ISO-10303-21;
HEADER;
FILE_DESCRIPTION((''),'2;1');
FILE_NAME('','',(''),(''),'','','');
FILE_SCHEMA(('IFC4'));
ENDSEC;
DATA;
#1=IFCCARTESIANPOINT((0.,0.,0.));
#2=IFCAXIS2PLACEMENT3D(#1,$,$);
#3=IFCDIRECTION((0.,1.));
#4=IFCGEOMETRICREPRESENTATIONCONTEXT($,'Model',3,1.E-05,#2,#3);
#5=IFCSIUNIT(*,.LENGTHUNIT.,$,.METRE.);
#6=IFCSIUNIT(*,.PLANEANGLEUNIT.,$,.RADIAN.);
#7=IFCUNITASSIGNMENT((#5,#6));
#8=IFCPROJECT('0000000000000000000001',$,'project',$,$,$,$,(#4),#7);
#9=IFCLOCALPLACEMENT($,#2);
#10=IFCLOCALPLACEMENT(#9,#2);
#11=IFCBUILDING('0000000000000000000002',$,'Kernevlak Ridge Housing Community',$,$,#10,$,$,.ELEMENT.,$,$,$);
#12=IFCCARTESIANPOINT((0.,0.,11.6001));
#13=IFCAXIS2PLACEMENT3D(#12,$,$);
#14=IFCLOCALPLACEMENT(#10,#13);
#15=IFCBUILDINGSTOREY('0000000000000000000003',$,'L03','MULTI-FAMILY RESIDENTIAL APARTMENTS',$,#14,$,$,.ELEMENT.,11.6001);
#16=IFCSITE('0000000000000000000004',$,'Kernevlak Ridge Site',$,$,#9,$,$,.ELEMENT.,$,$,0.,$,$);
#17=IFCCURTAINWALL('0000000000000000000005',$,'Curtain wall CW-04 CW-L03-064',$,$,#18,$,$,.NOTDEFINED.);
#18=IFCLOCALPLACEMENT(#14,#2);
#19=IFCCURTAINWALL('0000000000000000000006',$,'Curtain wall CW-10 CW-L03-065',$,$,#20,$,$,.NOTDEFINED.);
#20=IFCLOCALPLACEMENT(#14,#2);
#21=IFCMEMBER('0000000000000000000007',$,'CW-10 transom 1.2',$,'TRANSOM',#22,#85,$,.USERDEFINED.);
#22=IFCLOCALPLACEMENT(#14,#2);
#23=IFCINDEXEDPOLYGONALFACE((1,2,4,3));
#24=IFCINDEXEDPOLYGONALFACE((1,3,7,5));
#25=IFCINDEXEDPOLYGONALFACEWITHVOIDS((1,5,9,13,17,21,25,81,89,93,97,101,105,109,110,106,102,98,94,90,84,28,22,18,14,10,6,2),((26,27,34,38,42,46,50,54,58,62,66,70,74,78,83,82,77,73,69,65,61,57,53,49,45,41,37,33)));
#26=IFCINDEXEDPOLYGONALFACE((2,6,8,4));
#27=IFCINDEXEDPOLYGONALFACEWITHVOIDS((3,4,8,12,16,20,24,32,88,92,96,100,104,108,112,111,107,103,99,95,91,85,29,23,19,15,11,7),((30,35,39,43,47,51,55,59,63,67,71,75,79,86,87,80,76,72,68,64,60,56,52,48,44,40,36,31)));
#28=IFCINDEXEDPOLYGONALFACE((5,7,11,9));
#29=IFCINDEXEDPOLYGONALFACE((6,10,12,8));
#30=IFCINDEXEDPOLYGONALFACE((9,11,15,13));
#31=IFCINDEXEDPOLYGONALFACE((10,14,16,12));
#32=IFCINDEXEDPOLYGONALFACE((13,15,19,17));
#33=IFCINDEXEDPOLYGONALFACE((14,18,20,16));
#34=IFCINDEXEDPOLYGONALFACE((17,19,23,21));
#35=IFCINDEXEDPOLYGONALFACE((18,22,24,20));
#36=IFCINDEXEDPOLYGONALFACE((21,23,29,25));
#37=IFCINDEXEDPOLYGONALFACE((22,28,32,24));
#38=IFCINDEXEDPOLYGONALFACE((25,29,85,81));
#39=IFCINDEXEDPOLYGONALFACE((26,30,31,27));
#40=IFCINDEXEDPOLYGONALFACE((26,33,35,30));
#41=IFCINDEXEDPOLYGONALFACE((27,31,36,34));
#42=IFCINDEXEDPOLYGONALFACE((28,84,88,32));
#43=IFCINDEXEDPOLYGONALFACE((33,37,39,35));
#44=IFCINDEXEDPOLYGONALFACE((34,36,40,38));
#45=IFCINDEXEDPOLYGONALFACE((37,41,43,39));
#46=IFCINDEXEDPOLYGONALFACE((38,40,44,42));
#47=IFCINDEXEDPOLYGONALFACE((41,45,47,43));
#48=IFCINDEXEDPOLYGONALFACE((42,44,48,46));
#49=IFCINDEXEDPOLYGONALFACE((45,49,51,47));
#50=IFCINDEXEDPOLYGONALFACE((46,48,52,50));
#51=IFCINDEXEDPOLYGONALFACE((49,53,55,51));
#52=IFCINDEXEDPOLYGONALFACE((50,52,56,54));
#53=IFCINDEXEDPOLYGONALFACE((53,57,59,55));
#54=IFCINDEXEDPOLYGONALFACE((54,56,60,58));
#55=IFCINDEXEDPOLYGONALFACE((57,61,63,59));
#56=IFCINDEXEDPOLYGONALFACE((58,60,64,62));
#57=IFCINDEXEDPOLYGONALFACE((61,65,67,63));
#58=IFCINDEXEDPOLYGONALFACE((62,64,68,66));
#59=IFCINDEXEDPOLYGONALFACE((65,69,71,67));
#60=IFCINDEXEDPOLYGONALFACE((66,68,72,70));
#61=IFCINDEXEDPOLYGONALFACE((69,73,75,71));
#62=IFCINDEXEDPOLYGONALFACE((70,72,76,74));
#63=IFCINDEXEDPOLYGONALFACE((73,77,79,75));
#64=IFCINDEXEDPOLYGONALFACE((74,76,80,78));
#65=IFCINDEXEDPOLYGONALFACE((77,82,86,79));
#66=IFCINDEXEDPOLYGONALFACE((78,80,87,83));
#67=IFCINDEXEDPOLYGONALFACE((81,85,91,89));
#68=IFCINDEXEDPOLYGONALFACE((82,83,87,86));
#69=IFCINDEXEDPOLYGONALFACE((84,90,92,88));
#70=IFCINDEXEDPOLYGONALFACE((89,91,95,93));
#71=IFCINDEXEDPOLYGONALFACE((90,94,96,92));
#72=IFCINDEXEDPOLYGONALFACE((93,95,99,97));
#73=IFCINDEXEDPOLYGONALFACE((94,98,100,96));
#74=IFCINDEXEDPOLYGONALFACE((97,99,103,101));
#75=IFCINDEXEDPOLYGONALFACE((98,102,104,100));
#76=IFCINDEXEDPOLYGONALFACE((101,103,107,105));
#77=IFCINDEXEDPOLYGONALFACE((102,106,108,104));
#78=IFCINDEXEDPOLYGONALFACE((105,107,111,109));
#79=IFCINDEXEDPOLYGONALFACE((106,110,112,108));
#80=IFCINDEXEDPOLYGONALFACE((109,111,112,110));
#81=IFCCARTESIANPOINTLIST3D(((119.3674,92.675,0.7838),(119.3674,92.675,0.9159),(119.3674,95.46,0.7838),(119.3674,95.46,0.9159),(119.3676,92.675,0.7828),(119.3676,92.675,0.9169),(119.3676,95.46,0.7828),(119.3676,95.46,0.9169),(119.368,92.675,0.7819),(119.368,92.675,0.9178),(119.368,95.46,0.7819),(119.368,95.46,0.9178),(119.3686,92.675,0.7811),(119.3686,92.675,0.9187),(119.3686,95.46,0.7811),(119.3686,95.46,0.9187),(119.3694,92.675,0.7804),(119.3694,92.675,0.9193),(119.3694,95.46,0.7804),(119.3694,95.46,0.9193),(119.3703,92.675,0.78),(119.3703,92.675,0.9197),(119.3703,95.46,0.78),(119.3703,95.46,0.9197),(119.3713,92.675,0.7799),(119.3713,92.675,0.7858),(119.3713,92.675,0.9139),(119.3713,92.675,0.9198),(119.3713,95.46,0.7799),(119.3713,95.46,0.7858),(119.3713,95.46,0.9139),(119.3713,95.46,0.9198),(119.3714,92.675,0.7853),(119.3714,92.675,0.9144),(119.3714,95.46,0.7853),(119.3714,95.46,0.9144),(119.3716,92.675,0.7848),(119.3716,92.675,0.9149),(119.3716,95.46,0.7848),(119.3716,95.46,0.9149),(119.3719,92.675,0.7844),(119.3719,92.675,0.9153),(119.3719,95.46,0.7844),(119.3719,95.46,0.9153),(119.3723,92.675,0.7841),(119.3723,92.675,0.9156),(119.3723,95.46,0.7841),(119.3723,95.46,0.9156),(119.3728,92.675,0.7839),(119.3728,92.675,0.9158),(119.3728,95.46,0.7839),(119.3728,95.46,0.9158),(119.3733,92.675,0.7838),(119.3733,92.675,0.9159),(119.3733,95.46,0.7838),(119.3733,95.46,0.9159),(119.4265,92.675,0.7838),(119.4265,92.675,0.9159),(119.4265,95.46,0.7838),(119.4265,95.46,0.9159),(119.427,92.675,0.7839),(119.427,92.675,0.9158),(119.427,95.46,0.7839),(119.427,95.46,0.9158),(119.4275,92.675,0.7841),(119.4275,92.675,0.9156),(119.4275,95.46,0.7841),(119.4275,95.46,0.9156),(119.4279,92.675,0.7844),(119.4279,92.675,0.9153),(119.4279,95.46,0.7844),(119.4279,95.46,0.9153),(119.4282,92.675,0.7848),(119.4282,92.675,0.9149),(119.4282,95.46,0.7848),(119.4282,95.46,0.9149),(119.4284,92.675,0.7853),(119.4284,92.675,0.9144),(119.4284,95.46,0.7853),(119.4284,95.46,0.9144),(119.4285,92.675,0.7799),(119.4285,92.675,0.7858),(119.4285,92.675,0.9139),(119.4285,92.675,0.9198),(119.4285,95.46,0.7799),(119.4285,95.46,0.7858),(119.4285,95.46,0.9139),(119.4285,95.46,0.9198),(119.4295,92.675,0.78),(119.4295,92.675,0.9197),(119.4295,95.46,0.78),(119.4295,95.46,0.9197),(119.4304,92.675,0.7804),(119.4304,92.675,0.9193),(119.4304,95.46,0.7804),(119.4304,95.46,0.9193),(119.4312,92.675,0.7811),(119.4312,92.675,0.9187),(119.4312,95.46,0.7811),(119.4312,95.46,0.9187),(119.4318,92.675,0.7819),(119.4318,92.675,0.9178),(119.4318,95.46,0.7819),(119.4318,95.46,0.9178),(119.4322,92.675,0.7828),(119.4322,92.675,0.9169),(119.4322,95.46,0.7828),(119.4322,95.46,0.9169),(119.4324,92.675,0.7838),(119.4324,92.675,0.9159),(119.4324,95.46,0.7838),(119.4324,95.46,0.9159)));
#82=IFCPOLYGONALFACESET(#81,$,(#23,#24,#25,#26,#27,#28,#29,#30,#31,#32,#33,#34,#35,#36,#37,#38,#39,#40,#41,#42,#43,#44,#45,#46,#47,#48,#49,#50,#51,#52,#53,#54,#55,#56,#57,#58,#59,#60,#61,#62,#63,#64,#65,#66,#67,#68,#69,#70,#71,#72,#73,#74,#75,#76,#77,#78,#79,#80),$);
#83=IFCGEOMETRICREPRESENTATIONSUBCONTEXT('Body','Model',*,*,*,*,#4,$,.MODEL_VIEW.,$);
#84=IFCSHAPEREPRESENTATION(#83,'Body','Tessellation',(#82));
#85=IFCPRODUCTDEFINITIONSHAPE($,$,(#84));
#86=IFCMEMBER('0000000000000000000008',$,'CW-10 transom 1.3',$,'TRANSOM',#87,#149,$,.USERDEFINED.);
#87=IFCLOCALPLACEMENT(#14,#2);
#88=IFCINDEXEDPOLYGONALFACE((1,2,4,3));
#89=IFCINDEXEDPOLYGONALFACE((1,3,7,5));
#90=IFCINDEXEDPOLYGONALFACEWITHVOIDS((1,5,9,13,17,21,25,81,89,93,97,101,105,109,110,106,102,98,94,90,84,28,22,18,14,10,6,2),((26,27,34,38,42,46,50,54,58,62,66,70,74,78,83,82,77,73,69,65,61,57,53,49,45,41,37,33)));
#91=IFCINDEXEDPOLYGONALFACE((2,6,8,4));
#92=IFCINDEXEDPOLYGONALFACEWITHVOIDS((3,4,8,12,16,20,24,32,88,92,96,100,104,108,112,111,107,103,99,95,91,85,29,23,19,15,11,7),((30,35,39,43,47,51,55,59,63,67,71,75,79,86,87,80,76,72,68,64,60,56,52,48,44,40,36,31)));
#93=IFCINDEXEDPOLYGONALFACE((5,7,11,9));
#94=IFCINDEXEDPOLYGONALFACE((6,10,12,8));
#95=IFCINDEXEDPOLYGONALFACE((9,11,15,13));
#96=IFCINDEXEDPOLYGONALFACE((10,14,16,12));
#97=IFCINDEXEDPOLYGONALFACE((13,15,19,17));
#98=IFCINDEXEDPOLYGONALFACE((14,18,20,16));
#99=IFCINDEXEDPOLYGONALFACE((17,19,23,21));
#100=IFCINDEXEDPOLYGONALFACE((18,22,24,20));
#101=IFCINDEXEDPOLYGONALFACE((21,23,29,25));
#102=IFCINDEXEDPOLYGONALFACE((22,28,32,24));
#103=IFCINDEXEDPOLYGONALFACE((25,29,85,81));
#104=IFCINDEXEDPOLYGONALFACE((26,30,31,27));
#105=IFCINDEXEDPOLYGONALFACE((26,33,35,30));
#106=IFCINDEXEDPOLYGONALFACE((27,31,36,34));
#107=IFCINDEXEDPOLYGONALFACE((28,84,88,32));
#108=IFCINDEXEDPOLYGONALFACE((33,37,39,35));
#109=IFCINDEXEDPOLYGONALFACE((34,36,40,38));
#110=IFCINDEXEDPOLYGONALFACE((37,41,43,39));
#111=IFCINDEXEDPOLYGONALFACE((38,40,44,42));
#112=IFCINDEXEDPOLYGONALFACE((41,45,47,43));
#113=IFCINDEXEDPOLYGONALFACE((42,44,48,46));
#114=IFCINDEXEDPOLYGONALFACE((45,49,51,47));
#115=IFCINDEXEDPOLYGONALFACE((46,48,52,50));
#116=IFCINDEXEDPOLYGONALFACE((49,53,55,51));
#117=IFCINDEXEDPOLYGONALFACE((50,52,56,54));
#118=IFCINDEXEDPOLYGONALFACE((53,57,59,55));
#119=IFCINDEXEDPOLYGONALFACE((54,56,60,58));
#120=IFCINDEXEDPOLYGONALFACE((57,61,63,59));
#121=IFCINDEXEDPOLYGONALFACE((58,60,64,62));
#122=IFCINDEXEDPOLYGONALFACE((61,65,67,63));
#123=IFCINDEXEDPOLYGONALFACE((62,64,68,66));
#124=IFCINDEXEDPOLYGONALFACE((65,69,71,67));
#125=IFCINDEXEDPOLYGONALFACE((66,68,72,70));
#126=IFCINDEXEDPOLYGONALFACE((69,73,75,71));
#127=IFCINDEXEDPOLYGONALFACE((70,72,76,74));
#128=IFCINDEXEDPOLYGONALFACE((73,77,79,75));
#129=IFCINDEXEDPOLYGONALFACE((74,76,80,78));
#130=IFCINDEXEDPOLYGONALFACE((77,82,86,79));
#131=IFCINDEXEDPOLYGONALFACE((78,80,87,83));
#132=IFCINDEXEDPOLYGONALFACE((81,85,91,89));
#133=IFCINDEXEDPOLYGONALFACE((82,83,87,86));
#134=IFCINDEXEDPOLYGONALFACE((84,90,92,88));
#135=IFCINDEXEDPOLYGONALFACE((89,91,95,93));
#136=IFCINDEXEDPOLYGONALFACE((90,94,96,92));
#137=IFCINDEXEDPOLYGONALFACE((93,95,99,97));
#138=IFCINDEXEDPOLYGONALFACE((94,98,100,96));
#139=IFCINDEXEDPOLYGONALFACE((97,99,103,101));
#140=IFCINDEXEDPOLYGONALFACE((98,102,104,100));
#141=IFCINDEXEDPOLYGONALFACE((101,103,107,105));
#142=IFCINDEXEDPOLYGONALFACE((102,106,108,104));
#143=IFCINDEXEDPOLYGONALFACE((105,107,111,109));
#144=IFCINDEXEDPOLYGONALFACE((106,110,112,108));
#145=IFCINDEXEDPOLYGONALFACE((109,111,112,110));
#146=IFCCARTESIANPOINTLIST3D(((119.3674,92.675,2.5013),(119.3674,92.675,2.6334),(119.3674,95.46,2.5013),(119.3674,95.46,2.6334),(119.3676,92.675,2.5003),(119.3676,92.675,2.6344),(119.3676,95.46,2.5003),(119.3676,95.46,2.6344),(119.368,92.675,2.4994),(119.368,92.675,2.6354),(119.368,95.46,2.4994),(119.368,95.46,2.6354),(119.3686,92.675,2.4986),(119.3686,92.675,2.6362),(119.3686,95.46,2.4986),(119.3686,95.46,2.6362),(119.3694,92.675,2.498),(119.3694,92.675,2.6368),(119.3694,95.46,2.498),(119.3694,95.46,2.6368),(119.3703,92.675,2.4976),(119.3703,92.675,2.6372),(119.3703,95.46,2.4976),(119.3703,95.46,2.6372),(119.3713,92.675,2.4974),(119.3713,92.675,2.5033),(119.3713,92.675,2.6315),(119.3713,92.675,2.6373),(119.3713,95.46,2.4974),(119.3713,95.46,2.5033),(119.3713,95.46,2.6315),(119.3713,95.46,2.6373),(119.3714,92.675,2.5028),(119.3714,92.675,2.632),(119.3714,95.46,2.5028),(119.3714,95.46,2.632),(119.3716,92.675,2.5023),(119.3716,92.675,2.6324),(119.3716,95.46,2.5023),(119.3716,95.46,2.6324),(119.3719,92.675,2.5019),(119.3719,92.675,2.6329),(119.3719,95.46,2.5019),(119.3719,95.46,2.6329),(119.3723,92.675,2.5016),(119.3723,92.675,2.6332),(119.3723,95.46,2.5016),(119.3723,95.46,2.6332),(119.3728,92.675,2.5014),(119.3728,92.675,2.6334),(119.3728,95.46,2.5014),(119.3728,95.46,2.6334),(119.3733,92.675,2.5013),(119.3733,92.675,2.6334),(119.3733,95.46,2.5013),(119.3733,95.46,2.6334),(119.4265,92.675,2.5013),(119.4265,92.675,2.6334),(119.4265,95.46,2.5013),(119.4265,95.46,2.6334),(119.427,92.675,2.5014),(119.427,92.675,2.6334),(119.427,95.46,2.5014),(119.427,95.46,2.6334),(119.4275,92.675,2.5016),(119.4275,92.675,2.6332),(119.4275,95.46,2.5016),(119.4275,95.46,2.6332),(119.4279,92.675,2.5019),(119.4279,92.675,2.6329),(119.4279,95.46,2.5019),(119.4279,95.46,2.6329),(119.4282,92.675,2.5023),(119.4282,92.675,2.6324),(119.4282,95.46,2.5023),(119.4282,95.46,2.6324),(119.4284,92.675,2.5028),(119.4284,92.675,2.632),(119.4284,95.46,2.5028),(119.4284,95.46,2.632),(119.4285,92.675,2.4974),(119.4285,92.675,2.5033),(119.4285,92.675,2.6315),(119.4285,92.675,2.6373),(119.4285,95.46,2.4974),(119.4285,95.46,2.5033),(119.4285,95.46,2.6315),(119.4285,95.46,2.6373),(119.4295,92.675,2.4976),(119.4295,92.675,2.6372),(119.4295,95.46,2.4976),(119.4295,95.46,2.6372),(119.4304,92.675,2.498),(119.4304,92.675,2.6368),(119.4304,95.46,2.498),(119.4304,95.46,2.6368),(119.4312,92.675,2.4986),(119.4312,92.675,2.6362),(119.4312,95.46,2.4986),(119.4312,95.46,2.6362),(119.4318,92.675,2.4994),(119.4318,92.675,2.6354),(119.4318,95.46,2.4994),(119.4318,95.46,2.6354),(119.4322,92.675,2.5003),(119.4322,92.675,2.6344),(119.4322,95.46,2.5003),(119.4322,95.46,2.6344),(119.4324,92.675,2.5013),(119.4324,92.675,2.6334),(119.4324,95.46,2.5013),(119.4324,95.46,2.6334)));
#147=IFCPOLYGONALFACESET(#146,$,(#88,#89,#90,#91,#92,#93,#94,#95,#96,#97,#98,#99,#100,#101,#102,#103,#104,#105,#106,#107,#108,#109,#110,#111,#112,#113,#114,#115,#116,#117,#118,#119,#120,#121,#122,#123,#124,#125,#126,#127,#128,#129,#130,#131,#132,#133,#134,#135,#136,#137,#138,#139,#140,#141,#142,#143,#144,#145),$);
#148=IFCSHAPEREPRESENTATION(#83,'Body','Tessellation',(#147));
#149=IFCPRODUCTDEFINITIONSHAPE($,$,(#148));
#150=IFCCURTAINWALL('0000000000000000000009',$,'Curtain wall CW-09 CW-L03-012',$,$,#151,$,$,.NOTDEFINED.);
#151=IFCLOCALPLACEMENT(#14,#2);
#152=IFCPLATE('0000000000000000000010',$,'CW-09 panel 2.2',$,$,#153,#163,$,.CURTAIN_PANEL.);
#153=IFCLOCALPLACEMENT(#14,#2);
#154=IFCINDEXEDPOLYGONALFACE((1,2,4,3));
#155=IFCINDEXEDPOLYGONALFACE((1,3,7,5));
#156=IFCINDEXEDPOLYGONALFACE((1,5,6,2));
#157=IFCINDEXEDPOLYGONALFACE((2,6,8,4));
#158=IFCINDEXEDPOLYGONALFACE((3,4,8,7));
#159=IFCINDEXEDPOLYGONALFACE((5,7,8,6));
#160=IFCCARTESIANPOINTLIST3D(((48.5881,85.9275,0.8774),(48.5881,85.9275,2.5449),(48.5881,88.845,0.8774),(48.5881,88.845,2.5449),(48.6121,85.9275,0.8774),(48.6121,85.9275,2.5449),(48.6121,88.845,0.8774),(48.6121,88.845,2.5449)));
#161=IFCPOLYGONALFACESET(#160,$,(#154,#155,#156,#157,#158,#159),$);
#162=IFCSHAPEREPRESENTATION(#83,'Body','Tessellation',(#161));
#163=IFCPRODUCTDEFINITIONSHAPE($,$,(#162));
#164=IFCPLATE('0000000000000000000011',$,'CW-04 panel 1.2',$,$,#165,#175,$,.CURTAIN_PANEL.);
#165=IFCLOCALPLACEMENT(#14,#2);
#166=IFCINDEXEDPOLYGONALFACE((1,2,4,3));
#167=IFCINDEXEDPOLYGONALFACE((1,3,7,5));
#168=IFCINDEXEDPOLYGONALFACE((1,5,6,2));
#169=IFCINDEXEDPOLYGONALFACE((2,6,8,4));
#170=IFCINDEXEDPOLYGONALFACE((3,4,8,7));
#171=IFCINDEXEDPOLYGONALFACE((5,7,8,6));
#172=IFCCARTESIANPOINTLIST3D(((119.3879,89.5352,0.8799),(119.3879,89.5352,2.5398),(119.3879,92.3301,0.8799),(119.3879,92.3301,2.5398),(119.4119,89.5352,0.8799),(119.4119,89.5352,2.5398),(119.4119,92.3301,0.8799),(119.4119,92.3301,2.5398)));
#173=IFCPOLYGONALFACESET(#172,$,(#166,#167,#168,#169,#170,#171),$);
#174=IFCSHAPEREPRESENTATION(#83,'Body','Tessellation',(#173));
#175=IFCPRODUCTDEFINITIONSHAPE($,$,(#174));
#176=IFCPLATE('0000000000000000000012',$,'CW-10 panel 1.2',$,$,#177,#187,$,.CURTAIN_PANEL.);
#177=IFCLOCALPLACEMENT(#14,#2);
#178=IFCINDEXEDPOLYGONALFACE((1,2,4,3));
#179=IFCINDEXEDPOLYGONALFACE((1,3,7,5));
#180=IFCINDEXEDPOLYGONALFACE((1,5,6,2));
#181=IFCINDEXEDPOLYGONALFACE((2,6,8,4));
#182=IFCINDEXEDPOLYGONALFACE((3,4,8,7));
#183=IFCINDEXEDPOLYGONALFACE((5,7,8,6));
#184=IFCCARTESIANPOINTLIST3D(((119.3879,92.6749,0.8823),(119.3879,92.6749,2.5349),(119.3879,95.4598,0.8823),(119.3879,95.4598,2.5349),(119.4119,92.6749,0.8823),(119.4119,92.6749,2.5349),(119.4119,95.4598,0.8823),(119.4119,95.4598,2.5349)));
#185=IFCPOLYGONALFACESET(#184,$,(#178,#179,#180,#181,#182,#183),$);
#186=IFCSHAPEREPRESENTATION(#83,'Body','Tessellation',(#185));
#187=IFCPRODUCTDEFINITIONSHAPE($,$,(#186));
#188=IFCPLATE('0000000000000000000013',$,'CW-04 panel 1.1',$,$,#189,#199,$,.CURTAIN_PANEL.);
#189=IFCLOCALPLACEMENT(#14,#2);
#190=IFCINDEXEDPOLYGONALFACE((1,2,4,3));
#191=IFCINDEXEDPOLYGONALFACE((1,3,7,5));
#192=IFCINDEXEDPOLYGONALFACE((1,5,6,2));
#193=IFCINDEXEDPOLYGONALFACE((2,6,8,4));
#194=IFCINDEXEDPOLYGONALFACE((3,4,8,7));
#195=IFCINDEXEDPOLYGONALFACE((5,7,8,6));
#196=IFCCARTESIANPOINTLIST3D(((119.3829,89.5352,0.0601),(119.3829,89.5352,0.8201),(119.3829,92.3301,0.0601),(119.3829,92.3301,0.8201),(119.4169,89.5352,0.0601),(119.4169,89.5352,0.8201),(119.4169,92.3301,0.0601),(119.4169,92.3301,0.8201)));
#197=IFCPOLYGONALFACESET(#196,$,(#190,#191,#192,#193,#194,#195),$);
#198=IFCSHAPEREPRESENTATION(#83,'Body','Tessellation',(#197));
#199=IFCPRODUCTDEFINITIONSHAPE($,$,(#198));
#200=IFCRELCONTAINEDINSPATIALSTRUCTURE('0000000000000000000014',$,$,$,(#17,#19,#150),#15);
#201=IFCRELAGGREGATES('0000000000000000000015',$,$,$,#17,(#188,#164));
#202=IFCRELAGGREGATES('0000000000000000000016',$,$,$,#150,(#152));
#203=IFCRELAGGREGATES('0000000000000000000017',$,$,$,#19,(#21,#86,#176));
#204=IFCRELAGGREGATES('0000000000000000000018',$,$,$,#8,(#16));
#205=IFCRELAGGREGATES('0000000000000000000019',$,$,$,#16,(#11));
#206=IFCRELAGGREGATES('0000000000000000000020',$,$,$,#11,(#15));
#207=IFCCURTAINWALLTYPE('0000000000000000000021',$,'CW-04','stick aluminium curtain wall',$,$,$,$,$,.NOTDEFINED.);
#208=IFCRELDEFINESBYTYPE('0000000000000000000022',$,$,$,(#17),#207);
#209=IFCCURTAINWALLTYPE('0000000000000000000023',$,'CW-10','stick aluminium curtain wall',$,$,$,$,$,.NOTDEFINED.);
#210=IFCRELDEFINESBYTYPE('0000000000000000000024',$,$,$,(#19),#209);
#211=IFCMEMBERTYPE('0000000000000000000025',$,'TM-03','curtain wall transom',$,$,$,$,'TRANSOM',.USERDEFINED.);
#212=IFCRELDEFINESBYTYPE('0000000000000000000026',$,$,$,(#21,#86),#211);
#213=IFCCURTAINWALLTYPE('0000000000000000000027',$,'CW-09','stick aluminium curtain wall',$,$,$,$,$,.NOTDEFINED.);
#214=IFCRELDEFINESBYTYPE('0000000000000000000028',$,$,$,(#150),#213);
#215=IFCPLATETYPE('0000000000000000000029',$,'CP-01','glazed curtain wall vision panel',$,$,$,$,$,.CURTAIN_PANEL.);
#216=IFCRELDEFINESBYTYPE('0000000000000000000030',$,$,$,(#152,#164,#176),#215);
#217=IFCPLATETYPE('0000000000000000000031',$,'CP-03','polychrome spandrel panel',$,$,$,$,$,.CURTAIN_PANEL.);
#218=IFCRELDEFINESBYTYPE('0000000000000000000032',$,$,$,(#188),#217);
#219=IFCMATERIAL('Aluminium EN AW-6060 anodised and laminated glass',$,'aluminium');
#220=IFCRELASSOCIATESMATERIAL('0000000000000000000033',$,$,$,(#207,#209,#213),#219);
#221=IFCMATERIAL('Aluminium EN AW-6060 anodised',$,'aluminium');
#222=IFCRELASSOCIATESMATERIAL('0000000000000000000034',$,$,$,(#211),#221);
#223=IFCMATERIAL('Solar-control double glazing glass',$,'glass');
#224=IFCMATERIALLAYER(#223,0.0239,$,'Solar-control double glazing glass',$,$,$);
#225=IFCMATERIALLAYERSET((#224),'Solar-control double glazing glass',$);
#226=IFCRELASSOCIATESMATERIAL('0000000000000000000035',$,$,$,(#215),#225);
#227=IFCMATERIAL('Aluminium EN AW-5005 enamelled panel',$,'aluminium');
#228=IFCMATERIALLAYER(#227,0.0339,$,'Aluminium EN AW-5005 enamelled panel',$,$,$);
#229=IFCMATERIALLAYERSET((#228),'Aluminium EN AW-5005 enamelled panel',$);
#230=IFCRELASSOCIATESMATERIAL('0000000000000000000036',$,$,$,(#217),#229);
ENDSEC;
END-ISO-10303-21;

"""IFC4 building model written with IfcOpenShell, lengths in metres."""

from ifc_helpers import new_model, si_unit, direction, frame, origin, origin_2d, place, context, subcontext, project, spatial, rectangle, hollow_rectangle, extrude, material, layer, layer_set, material_profile, profile_set, type_object, element, aggregate, save


model = new_model("IFC4")

# Units and contexts
model_context = context("Model", 3, precision=1e-05, world=origin(), true_north=direction((0.0, 1.0)))
body_context = subcontext(model_context, "Body", "Model", "MODEL_VIEW")
ifc_project = project(units=[si_unit("LENGTHUNIT", "METRE"), si_unit("PLANEANGLEUNIT", "RADIAN")], contexts=[model_context])

# Site, building, storey
site_placement = place(None, origin())
site = spatial("IfcSite", under=ifc_project, at=site_placement, Name="Kernevlak Ridge Site", CompositionType="ELEMENT", RefElevation=0.0)
building_placement = place(site_placement, origin())
building = spatial("IfcBuilding", under=site, at=building_placement, Name="Kernevlak Ridge Housing Community", CompositionType="ELEMENT")
storey_placement = place(building_placement, frame((0.0, 0.0, 11.6001)))
storey = spatial("IfcBuildingStorey", under=building, at=storey_placement, Name="L03", Description="MULTI-FAMILY RESIDENTIAL APARTMENTS", CompositionType="ELEMENT", Elevation=11.6001)

# Curtain walls
ifc_material_1 = material(Name="Aluminium EN AW-6060 anodised and laminated glass", Category="aluminium")
curtain_wall_type_1 = type_object("IfcCurtainWallType", Name="CW-04", Description="stick aluminium curtain wall", PredefinedType="NOTDEFINED", material=ifc_material_1)
curtain_wall_1_placement = place(storey_placement, origin())
curtain_wall_1 = element("IfcCurtainWall", 1, at=curtain_wall_1_placement, inside=storey, type_object=curtain_wall_type_1, Name="Curtain wall CW-04 CW-L03-064", PredefinedType="NOTDEFINED")
ifc_material_2 = material(Name="Aluminium EN AW-6060 anodised", Category="aluminium")
curtain_wall_type_2 = type_object("IfcCurtainWallType", Name="CW-10", Description="stick aluminium curtain wall", PredefinedType="NOTDEFINED", material=ifc_material_1)
curtain_wall_2_placement = place(storey_placement, origin())
curtain_wall_2 = element("IfcCurtainWall", 2, at=curtain_wall_2_placement, inside=storey, type_object=curtain_wall_type_2, Name="Curtain wall CW-10 CW-L03-065", PredefinedType="NOTDEFINED")

# Members
ifc_material_profile_1 = material_profile(ifc_material_2, hollow_rectangle(XDim=0.0649, YDim=0.1399, WallThickness=0.0039, InnerFilletRadius=0.002, OuterFilletRadius=0.0039, at=origin_2d()), Name="ALU 65x140x4")
ifc_profile_set_1 = profile_set([ifc_material_profile_1], Name="Aluminium EN AW-6060 anodised")
member_type_1 = type_object("IfcMemberType", Name="TM-03", Description="curtain wall transom", ElementType="TRANSOM", PredefinedType="USERDEFINED", material=ifc_profile_set_1)
member_1_placement = place(storey_placement, frame((119.3999, 92.675, 0.8499), z_axis=(0.0, 1.0, 0.0), x_axis=(-1.0, 0.0, 0.0)))
member_1 = element("IfcMember", 3, at=member_1_placement, type_object=member_type_1, Name="CW-10 transom 1.2", ObjectType="TRANSOM", PredefinedType="USERDEFINED", context=body_context, shape_type="SweptSolid", body=[
    extrude(hollow_rectangle(XDim=0.0649, YDim=0.1399, WallThickness=0.0039, InnerFilletRadius=0.002, OuterFilletRadius=0.0039, at=origin_2d()), origin(), (0.0, 0.0, 1.0), 2.7849),
])
member_2_placement = place(storey_placement, frame((119.3999, 92.675, 2.5674), z_axis=(0.0, 1.0, 0.0), x_axis=(-1.0, 0.0, 0.0)))
member_2 = element("IfcMember", 4, at=member_2_placement, type_object=member_type_1, Name="CW-10 transom 1.3", ObjectType="TRANSOM", PredefinedType="USERDEFINED", context=body_context, shape_type="SweptSolid", body=[
    extrude(hollow_rectangle(XDim=0.0649, YDim=0.1399, WallThickness=0.0039, InnerFilletRadius=0.002, OuterFilletRadius=0.0039, at=origin_2d()), origin(), (0.0, 0.0, 1.0), 2.7849),
])

# Curtain wall, plate
curtain_wall_type_3 = type_object("IfcCurtainWallType", Name="CW-09", Description="stick aluminium curtain wall", PredefinedType="NOTDEFINED", material=ifc_material_1)
curtain_wall_3_placement = place(storey_placement, origin())
curtain_wall_3 = element("IfcCurtainWall", 5, at=curtain_wall_3_placement, inside=storey, type_object=curtain_wall_type_3, Name="Curtain wall CW-09 CW-L03-012", PredefinedType="NOTDEFINED")
ifc_material_3 = material(Name="Solar-control double glazing glass", Category="glass")
ifc_layer_1 = layer(ifc_material_3, 0.0239, Name="Solar-control double glazing glass")
ifc_layer_set_1 = layer_set([ifc_layer_1], Name="Solar-control double glazing glass")
plate_type_1 = type_object("IfcPlateType", Name="CP-01", Description="glazed curtain wall vision panel", PredefinedType="CURTAIN_PANEL", material=ifc_layer_set_1)
plate_1_placement = place(storey_placement, frame((48.6001, 87.3862, 0.8774), z_axis=(0.0, 0.0, 1.0), x_axis=(0.0, 1.0, 0.0)))
plate_1 = element("IfcPlate", 6, at=plate_1_placement, type_object=plate_type_1, Name="CW-09 panel 2.2", PredefinedType="CURTAIN_PANEL", context=body_context, shape_type="SweptSolid", body=[
    extrude(rectangle(XDim=2.9175, YDim=0.0239, at=origin_2d()), origin(), (0.0, 0.0, 1.0), 1.6675),
])

# Plates
plate_2_placement = place(storey_placement, frame((119.3999, 90.9326, 0.8799), z_axis=(0.0, 0.0, 1.0), x_axis=(0.0, 1.0, 0.0)))
plate_2 = element("IfcPlate", 7, at=plate_2_placement, type_object=plate_type_1, Name="CW-04 panel 1.2", PredefinedType="CURTAIN_PANEL", context=body_context, shape_type="SweptSolid", body=[
    extrude(rectangle(XDim=2.7949, YDim=0.0239, at=origin_2d()), origin(), (0.0, 0.0, 1.0), 1.6599),
])
plate_3_placement = place(storey_placement, frame((119.3999, 94.0674, 0.8823), z_axis=(0.0, 0.0, 1.0), x_axis=(0.0, 1.0, 0.0)))
plate_3 = element("IfcPlate", 8, at=plate_3_placement, type_object=plate_type_1, Name="CW-10 panel 1.2", PredefinedType="CURTAIN_PANEL", context=body_context, shape_type="SweptSolid", body=[
    extrude(rectangle(XDim=2.7849, YDim=0.0239, at=origin_2d()), origin(), (0.0, 0.0, 1.0), 1.6526),
])
ifc_material_4 = material(Name="Aluminium EN AW-5005 enamelled panel", Category="aluminium")
ifc_layer_2 = layer(ifc_material_4, 0.0339, Name="Aluminium EN AW-5005 enamelled panel")
ifc_layer_set_2 = layer_set([ifc_layer_2], Name="Aluminium EN AW-5005 enamelled panel")
plate_type_2 = type_object("IfcPlateType", Name="CP-03", Description="polychrome spandrel panel", PredefinedType="CURTAIN_PANEL", material=ifc_layer_set_2)
plate_4_placement = place(storey_placement, frame((119.3999, 90.9326, 0.0601), z_axis=(0.0, 0.0, 1.0), x_axis=(0.0, 1.0, 0.0)))
plate_4 = element("IfcPlate", 9, at=plate_4_placement, type_object=plate_type_2, Name="CW-04 panel 1.1", PredefinedType="CURTAIN_PANEL", context=body_context, shape_type="SweptSolid", body=[
    extrude(rectangle(XDim=2.7949, YDim=0.0339, at=origin_2d()), origin(), (0.0, 0.0, 1.0), 0.76),
])
aggregate(curtain_wall_1, [plate_4, plate_2])
aggregate(curtain_wall_3, [plate_1])
aggregate(curtain_wall_2, [member_1, member_2, plate_3])

save(model, "model.ifc")
